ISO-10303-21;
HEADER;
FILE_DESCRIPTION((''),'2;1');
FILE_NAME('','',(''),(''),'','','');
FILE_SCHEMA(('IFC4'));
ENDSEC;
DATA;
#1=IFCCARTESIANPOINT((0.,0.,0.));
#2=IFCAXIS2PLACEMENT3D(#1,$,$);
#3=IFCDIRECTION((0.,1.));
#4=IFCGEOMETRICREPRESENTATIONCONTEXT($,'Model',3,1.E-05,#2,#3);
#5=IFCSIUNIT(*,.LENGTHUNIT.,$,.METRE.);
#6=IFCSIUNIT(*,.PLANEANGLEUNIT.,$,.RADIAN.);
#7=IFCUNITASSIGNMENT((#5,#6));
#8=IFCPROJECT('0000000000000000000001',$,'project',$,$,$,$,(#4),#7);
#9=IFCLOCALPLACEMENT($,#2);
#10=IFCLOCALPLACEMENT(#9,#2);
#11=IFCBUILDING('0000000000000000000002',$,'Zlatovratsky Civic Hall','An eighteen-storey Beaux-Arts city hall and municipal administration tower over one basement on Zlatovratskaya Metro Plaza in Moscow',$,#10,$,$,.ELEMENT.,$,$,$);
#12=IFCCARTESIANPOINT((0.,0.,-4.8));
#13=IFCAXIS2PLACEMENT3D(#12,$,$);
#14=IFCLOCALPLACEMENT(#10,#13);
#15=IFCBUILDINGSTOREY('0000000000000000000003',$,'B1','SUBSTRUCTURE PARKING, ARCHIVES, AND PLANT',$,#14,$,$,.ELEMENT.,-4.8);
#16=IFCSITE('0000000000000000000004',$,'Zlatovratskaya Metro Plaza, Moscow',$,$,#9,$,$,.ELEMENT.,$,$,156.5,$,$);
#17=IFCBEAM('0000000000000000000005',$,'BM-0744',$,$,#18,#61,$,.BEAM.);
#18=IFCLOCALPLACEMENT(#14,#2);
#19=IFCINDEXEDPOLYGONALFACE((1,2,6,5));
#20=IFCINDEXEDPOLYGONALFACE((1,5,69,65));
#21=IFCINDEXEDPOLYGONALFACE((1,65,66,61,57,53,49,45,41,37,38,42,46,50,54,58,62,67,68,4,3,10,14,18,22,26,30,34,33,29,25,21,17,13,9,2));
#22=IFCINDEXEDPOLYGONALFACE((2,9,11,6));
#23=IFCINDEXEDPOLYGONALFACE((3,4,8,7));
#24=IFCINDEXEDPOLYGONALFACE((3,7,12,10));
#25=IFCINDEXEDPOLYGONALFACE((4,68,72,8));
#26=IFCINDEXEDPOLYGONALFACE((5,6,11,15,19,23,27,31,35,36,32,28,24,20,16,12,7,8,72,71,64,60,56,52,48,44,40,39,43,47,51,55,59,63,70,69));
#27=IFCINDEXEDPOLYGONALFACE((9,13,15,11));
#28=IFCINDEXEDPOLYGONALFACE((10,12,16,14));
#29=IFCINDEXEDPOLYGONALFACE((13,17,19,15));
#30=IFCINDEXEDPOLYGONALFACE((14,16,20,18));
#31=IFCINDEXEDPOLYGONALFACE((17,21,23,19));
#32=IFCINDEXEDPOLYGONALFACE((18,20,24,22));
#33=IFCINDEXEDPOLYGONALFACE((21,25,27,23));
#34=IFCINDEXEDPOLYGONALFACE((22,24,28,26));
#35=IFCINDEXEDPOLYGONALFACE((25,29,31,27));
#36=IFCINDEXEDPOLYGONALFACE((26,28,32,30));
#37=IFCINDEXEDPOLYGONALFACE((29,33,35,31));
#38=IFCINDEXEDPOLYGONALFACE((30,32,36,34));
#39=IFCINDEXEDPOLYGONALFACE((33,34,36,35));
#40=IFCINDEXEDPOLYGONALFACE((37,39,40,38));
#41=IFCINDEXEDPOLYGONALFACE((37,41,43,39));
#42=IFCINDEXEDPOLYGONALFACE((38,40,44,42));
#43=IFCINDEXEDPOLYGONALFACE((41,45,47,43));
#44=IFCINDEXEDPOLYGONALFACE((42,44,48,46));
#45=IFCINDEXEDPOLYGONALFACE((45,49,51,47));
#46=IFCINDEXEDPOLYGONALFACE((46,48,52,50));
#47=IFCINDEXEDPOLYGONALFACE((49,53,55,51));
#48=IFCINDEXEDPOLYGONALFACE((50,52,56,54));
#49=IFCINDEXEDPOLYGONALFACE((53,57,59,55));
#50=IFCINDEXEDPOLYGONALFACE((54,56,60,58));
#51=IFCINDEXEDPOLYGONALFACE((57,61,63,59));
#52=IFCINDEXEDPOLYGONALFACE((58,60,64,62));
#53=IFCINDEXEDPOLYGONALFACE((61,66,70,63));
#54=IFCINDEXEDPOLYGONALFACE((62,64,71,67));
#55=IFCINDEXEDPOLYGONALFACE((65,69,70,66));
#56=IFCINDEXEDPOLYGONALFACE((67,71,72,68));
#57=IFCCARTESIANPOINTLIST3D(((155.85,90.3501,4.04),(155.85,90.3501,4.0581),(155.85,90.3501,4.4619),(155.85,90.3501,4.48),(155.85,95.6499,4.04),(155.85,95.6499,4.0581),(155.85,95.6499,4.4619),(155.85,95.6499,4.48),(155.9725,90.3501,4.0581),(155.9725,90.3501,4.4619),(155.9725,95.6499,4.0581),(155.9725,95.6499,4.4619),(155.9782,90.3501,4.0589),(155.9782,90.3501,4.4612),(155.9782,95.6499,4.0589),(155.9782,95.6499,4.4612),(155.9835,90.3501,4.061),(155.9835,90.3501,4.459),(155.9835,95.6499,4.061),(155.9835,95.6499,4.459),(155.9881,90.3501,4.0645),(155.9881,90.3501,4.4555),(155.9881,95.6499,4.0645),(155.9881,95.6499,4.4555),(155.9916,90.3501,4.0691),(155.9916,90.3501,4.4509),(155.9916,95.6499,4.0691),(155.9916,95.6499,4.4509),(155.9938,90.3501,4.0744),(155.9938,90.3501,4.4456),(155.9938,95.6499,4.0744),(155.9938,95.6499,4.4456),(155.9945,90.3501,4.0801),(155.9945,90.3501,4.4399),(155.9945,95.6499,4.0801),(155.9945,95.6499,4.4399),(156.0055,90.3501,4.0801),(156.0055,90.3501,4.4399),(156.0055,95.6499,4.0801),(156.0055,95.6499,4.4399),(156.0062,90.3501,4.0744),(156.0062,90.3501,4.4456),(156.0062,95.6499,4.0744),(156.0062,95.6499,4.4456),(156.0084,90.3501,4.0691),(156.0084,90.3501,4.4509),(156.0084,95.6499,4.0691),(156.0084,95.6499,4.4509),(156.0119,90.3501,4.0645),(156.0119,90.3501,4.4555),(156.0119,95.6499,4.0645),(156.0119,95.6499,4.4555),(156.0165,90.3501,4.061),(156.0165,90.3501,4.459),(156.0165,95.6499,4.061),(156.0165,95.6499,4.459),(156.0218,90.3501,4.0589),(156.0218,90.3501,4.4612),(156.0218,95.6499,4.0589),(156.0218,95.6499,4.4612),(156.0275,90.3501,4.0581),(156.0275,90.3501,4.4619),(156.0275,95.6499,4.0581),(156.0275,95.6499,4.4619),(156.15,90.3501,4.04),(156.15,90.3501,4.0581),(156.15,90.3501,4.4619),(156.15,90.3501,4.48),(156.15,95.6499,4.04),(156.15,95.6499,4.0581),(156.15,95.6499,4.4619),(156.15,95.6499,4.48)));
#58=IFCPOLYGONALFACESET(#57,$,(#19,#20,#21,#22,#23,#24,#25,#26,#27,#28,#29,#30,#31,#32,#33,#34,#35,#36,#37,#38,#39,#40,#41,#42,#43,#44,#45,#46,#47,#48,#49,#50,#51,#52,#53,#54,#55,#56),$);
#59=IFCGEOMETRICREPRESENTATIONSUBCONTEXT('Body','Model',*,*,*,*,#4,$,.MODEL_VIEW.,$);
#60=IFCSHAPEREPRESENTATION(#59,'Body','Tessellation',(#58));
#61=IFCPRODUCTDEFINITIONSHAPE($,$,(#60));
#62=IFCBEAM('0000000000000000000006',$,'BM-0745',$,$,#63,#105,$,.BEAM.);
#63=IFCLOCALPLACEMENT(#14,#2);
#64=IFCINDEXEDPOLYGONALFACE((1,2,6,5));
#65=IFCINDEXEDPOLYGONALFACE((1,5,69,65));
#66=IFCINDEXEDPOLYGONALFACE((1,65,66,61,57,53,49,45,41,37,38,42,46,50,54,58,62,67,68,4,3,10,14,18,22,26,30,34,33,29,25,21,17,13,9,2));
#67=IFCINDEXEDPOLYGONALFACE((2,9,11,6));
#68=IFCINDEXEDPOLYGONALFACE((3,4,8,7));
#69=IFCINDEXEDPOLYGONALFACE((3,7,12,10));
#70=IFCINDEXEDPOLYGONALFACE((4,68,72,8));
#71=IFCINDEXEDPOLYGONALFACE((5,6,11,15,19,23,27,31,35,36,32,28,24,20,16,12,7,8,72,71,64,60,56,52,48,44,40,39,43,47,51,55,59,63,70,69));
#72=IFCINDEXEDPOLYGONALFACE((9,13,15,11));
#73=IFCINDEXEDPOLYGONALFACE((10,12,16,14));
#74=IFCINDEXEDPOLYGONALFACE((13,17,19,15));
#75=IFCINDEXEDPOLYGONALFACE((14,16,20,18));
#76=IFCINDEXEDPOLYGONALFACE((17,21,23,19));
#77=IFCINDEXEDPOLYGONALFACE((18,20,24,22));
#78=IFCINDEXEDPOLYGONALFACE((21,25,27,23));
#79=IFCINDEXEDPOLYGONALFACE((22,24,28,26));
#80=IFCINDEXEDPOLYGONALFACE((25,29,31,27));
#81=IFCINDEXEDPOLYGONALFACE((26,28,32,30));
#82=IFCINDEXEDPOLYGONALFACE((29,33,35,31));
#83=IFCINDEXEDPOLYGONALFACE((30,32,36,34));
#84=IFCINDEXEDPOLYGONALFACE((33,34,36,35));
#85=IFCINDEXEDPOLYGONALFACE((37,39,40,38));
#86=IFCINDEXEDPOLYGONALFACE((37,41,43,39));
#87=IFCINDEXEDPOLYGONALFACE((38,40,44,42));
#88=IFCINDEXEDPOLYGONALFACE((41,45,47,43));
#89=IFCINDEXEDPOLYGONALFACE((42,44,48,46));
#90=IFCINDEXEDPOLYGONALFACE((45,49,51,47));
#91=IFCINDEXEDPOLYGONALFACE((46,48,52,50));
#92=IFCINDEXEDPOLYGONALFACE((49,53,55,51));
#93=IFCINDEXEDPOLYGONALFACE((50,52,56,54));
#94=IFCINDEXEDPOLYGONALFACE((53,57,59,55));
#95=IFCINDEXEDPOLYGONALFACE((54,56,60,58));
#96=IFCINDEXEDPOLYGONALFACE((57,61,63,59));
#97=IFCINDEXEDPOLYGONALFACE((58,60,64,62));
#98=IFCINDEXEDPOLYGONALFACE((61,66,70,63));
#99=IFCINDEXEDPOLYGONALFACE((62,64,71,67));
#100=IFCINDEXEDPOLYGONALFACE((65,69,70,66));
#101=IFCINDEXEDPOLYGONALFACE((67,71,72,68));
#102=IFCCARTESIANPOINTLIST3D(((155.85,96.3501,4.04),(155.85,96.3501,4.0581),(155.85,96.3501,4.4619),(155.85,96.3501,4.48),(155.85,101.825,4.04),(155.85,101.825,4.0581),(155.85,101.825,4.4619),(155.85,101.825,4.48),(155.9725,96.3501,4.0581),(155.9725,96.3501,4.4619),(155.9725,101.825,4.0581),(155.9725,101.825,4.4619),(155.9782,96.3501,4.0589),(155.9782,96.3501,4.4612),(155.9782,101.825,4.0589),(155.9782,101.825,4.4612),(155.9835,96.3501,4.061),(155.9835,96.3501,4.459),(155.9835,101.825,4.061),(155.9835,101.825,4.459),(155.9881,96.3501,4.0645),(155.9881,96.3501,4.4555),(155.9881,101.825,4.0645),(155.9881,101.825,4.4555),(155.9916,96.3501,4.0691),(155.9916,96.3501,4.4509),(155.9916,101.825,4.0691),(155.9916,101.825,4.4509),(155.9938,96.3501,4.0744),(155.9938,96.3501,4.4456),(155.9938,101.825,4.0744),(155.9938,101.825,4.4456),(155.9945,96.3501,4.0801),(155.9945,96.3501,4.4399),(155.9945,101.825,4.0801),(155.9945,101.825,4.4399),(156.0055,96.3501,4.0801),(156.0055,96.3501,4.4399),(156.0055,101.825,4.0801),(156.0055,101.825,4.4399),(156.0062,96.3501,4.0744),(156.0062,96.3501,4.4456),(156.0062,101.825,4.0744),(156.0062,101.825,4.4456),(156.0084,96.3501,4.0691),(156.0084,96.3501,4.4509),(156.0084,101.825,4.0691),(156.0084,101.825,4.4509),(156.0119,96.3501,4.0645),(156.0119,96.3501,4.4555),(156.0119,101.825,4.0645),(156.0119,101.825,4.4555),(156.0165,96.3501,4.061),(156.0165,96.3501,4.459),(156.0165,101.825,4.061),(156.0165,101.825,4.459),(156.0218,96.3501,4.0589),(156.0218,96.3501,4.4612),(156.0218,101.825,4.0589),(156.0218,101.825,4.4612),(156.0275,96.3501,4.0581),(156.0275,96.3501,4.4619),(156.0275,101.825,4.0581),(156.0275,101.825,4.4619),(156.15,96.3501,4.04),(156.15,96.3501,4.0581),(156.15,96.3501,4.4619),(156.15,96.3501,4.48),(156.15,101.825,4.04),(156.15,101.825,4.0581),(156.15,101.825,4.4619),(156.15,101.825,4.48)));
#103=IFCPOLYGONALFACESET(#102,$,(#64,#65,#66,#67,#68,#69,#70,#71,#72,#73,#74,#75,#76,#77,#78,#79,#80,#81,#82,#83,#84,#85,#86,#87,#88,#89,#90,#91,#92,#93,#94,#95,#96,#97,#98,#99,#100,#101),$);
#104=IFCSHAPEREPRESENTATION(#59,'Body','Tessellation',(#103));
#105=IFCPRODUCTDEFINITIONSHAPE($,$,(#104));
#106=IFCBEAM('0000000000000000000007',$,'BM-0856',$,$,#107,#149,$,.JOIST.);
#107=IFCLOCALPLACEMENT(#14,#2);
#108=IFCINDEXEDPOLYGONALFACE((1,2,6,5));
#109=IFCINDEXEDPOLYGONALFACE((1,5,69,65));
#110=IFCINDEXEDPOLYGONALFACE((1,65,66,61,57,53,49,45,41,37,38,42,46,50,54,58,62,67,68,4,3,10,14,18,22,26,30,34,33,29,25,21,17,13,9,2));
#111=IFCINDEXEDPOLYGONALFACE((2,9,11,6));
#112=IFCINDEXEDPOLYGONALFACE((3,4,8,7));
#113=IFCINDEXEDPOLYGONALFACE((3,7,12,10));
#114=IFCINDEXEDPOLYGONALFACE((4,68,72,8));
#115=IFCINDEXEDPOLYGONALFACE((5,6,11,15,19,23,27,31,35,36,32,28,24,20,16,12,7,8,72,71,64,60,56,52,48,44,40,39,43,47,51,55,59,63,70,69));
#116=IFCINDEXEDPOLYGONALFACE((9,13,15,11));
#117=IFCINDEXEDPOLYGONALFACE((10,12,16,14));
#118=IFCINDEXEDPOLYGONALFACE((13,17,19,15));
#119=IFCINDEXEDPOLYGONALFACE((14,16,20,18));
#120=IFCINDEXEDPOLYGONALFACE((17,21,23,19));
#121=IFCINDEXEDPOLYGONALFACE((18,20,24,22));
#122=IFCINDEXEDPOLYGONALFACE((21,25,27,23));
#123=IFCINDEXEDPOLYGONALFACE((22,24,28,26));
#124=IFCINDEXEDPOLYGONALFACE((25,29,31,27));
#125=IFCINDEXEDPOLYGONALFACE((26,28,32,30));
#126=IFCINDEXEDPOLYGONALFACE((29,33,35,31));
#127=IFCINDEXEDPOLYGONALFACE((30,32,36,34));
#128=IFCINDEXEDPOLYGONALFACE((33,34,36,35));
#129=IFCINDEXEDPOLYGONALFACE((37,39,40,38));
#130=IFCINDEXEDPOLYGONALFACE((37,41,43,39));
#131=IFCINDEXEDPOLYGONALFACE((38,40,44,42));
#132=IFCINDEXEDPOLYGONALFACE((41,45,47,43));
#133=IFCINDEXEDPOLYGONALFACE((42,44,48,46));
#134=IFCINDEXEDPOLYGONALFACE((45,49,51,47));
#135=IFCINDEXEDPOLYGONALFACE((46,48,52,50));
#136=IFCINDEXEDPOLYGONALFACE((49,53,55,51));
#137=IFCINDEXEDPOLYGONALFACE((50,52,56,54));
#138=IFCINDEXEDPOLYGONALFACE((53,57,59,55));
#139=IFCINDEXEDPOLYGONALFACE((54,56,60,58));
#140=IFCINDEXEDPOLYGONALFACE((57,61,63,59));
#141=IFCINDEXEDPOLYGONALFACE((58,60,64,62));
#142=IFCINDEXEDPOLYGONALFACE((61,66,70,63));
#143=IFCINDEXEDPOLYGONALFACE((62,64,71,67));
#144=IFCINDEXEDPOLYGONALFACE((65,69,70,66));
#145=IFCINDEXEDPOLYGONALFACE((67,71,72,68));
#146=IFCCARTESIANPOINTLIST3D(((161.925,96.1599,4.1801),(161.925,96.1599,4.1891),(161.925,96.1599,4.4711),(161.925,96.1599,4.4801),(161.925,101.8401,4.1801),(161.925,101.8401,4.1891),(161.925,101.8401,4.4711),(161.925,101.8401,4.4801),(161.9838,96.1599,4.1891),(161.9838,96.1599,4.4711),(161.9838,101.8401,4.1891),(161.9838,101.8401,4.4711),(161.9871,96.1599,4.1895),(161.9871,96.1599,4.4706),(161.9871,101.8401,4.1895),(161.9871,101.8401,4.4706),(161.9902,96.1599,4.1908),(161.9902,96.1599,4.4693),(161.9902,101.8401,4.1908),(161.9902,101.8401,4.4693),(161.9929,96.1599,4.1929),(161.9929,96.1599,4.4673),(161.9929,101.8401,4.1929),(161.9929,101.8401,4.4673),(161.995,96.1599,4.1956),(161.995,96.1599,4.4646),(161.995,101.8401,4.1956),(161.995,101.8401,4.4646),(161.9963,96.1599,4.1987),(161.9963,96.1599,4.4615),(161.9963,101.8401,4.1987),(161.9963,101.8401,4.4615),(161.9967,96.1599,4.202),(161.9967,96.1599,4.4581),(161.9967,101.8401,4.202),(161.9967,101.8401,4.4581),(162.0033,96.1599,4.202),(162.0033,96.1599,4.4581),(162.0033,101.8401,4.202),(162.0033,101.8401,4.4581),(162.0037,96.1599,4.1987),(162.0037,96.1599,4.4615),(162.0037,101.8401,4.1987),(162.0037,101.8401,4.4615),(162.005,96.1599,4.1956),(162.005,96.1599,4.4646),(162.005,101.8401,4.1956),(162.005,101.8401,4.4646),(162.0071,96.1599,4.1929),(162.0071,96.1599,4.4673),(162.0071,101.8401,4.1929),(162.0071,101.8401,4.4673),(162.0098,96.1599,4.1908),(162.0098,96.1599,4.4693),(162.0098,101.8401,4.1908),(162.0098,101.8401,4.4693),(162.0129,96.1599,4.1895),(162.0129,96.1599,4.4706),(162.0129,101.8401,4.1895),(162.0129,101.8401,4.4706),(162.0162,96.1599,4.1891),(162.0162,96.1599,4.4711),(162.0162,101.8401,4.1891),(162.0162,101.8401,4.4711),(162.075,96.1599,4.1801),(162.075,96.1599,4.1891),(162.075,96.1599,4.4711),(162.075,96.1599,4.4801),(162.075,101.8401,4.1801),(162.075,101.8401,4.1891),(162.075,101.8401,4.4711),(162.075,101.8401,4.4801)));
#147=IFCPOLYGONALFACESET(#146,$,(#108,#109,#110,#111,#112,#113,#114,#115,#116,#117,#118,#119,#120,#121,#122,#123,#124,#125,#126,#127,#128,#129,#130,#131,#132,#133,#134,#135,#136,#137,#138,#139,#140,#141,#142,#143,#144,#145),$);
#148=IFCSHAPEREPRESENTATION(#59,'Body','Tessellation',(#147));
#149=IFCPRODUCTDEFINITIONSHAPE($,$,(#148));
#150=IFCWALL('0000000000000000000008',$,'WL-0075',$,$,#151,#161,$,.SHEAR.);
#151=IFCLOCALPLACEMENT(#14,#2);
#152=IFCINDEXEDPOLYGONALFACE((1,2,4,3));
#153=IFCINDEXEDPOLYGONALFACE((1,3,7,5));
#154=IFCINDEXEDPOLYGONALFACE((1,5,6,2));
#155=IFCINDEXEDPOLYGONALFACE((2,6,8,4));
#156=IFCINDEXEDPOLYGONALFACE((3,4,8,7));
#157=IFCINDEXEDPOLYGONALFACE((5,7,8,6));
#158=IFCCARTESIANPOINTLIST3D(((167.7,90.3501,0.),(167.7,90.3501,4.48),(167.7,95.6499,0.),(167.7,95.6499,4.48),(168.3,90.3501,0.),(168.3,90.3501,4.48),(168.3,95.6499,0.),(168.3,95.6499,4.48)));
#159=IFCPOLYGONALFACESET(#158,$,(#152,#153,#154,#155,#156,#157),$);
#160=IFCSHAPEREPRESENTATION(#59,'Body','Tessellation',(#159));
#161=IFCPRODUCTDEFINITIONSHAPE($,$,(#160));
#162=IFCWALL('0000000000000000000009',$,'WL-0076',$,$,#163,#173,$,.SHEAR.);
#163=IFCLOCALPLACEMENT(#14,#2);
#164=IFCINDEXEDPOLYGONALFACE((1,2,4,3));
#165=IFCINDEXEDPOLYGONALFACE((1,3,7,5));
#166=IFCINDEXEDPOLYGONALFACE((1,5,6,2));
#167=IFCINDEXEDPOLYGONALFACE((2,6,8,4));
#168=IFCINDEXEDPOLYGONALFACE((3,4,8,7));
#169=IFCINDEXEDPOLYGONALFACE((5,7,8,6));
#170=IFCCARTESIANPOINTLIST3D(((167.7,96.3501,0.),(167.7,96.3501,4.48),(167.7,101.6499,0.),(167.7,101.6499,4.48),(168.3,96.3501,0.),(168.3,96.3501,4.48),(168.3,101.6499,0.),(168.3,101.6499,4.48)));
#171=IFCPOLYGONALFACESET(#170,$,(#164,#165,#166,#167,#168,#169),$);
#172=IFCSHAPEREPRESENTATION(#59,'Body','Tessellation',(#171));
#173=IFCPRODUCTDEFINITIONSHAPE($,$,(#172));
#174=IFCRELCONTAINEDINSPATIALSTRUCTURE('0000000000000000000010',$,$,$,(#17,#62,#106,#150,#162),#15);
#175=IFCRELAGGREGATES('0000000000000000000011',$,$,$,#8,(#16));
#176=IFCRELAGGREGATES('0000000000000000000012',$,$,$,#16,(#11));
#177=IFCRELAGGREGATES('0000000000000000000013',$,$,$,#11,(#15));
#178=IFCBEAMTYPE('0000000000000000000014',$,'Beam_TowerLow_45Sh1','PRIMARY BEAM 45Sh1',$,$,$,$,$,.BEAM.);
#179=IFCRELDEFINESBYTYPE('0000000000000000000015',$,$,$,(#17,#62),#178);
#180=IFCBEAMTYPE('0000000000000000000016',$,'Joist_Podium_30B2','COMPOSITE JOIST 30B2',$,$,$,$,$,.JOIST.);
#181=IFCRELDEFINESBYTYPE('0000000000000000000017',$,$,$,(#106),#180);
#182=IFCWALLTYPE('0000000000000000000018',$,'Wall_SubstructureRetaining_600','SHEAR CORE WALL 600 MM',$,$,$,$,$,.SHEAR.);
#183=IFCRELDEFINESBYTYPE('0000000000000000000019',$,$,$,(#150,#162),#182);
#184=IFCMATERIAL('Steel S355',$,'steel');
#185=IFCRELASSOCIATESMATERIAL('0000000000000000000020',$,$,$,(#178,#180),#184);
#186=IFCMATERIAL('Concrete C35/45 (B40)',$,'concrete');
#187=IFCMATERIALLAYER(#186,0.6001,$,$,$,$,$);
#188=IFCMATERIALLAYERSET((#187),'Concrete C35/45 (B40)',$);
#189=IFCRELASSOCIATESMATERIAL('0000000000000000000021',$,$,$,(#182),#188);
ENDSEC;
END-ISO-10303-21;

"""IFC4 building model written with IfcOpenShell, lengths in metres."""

from ifc_helpers import new_model, si_unit, direction, frame, frame_2d, origin, origin_2d, place, context, subcontext, project, spatial, rectangle, i_section, extrude, material, layer, layer_set, material_profile, profile_set, type_object, element, save


model = new_model("IFC4")

# Units and contexts
model_context = context("Model", 3, precision=1e-05, world=origin(), true_north=direction((0.0, 1.0)))
body_context = subcontext(model_context, "Body", "Model", "MODEL_VIEW")
ifc_project = project(units=[si_unit("LENGTHUNIT", "METRE"), si_unit("PLANEANGLEUNIT", "RADIAN")], contexts=[model_context])

# Site, building, storey
site_placement = place(None, origin())
site = spatial("IfcSite", under=ifc_project, at=site_placement, Name="Zlatovratskaya Metro Plaza, Moscow", CompositionType="ELEMENT", RefElevation=156.5)
building_placement = place(site_placement, origin())
building = spatial("IfcBuilding", under=site, at=building_placement, Name="Zlatovratsky Civic Hall", Description="An eighteen-storey Beaux-Arts city hall and municipal administration tower over one basement on Zlatovratskaya Metro Plaza in Moscow", CompositionType="ELEMENT")
storey_placement = place(building_placement, frame((0.0, 0.0, -4.8)))
storey = spatial("IfcBuildingStorey", under=building, at=storey_placement, Name="B1", Description="SUBSTRUCTURE PARKING, ARCHIVES, AND PLANT", CompositionType="ELEMENT", Elevation=-4.8)

# Shared definitions
ifc_material_1 = material(Name="Concrete C35/45 (B40)", Category="concrete")
ifc_material_2 = material(Name="Steel S355", Category="steel")

# Beams
ifc_material_profile_1 = material_profile(ifc_material_2, i_section(OverallWidth=0.3, OverallDepth=0.4399, WebThickness=0.011, FlangeThickness=0.0181, FilletRadius=0.022, at=origin_2d()), Name="45Sh1")
ifc_profile_set_1 = profile_set([ifc_material_profile_1], Name="Steel S355")
beam_type_1 = type_object("IfcBeamType", Name="Beam_TowerLow_45Sh1", Description="PRIMARY BEAM 45Sh1", PredefinedType="BEAM", material=ifc_profile_set_1)
beam_1_placement = place(storey_placement, frame((156.0, 90.3501, 4.26), z_axis=(0.0, 1.0, 0.0), x_axis=(-1.0, 0.0, 0.0)))
element("IfcBeam", 1, at=beam_1_placement, inside=storey, type_object=beam_type_1, Name="BM-0744", PredefinedType="BEAM", context=body_context, shape_type="SweptSolid", body=[
    extrude(i_section(OverallWidth=0.3, OverallDepth=0.4399, WebThickness=0.011, FlangeThickness=0.0181, FilletRadius=0.022, at=origin_2d()), origin(), (0.0, 0.0, 1.0), 5.2998),
])
beam_2_placement = place(storey_placement, frame((156.0, 96.3501, 4.26), z_axis=(0.0, 1.0, 0.0), x_axis=(-1.0, 0.0, 0.0)))
element("IfcBeam", 2, at=beam_2_placement, inside=storey, type_object=beam_type_1, Name="BM-0745", PredefinedType="BEAM", context=body_context, shape_type="SweptSolid", body=[
    extrude(i_section(OverallWidth=0.3, OverallDepth=0.4399, WebThickness=0.011, FlangeThickness=0.0181, FilletRadius=0.022, at=origin_2d()), origin(), (0.0, 0.0, 1.0), 5.4749),
])
ifc_material_profile_2 = material_profile(ifc_material_2, i_section(OverallWidth=0.1499, OverallDepth=0.3, WebThickness=0.0066, FlangeThickness=0.009, FilletRadius=0.0129, at=origin_2d()), Name="30B2")
ifc_profile_set_2 = profile_set([ifc_material_profile_2], Name="Steel S355")
beam_type_2 = type_object("IfcBeamType", Name="Joist_Podium_30B2", Description="COMPOSITE JOIST 30B2", PredefinedType="JOIST", material=ifc_profile_set_2)
beam_3_placement = place(storey_placement, frame((162.0, 96.1599, 4.3301), z_axis=(0.0, 1.0, 0.0), x_axis=(-1.0, 0.0, 0.0)))
element("IfcBeam", 3, at=beam_3_placement, inside=storey, type_object=beam_type_2, Name="BM-0856", PredefinedType="JOIST", context=body_context, shape_type="SweptSolid", body=[
    extrude(i_section(OverallWidth=0.1499, OverallDepth=0.3, WebThickness=0.0066, FlangeThickness=0.009, FilletRadius=0.0129, at=origin_2d()), origin(), (0.0, 0.0, 1.0), 5.6802),
])

# Walls
ifc_layer = layer(ifc_material_1, 0.6001)
ifc_layer_set = layer_set([ifc_layer], Name="Concrete C35/45 (B40)")
wall_type = type_object("IfcWallType", Name="Wall_SubstructureRetaining_600", Description="SHEAR CORE WALL 600 MM", PredefinedType="SHEAR", material=ifc_layer_set)
for number, where, z_axis, x_axis, name in (
    (4, (168.0, 90.3501, 0.0), (0.0, 0.0, 1.0), (0.0, 1.0, 0.0), "WL-0075"),
    (5, (168.0, 96.3501, 0.0), (0.0, 0.0, 1.0), (0.0, 1.0, 0.0), "WL-0076"),
):
    element("IfcWall", number, at=place(storey_placement, frame(where, z_axis=z_axis, x_axis=x_axis)), inside=storey, type_object=wall_type, Name=name, PredefinedType="SHEAR", context=body_context, shape_type="SweptSolid", body=[
        extrude(rectangle(XDim=5.2998, YDim=0.6001, at=frame_2d((2.6499, 0.0))), origin(), (0.0, 0.0, 1.0), 4.48),
    ])

save(model, "model.ifc")
